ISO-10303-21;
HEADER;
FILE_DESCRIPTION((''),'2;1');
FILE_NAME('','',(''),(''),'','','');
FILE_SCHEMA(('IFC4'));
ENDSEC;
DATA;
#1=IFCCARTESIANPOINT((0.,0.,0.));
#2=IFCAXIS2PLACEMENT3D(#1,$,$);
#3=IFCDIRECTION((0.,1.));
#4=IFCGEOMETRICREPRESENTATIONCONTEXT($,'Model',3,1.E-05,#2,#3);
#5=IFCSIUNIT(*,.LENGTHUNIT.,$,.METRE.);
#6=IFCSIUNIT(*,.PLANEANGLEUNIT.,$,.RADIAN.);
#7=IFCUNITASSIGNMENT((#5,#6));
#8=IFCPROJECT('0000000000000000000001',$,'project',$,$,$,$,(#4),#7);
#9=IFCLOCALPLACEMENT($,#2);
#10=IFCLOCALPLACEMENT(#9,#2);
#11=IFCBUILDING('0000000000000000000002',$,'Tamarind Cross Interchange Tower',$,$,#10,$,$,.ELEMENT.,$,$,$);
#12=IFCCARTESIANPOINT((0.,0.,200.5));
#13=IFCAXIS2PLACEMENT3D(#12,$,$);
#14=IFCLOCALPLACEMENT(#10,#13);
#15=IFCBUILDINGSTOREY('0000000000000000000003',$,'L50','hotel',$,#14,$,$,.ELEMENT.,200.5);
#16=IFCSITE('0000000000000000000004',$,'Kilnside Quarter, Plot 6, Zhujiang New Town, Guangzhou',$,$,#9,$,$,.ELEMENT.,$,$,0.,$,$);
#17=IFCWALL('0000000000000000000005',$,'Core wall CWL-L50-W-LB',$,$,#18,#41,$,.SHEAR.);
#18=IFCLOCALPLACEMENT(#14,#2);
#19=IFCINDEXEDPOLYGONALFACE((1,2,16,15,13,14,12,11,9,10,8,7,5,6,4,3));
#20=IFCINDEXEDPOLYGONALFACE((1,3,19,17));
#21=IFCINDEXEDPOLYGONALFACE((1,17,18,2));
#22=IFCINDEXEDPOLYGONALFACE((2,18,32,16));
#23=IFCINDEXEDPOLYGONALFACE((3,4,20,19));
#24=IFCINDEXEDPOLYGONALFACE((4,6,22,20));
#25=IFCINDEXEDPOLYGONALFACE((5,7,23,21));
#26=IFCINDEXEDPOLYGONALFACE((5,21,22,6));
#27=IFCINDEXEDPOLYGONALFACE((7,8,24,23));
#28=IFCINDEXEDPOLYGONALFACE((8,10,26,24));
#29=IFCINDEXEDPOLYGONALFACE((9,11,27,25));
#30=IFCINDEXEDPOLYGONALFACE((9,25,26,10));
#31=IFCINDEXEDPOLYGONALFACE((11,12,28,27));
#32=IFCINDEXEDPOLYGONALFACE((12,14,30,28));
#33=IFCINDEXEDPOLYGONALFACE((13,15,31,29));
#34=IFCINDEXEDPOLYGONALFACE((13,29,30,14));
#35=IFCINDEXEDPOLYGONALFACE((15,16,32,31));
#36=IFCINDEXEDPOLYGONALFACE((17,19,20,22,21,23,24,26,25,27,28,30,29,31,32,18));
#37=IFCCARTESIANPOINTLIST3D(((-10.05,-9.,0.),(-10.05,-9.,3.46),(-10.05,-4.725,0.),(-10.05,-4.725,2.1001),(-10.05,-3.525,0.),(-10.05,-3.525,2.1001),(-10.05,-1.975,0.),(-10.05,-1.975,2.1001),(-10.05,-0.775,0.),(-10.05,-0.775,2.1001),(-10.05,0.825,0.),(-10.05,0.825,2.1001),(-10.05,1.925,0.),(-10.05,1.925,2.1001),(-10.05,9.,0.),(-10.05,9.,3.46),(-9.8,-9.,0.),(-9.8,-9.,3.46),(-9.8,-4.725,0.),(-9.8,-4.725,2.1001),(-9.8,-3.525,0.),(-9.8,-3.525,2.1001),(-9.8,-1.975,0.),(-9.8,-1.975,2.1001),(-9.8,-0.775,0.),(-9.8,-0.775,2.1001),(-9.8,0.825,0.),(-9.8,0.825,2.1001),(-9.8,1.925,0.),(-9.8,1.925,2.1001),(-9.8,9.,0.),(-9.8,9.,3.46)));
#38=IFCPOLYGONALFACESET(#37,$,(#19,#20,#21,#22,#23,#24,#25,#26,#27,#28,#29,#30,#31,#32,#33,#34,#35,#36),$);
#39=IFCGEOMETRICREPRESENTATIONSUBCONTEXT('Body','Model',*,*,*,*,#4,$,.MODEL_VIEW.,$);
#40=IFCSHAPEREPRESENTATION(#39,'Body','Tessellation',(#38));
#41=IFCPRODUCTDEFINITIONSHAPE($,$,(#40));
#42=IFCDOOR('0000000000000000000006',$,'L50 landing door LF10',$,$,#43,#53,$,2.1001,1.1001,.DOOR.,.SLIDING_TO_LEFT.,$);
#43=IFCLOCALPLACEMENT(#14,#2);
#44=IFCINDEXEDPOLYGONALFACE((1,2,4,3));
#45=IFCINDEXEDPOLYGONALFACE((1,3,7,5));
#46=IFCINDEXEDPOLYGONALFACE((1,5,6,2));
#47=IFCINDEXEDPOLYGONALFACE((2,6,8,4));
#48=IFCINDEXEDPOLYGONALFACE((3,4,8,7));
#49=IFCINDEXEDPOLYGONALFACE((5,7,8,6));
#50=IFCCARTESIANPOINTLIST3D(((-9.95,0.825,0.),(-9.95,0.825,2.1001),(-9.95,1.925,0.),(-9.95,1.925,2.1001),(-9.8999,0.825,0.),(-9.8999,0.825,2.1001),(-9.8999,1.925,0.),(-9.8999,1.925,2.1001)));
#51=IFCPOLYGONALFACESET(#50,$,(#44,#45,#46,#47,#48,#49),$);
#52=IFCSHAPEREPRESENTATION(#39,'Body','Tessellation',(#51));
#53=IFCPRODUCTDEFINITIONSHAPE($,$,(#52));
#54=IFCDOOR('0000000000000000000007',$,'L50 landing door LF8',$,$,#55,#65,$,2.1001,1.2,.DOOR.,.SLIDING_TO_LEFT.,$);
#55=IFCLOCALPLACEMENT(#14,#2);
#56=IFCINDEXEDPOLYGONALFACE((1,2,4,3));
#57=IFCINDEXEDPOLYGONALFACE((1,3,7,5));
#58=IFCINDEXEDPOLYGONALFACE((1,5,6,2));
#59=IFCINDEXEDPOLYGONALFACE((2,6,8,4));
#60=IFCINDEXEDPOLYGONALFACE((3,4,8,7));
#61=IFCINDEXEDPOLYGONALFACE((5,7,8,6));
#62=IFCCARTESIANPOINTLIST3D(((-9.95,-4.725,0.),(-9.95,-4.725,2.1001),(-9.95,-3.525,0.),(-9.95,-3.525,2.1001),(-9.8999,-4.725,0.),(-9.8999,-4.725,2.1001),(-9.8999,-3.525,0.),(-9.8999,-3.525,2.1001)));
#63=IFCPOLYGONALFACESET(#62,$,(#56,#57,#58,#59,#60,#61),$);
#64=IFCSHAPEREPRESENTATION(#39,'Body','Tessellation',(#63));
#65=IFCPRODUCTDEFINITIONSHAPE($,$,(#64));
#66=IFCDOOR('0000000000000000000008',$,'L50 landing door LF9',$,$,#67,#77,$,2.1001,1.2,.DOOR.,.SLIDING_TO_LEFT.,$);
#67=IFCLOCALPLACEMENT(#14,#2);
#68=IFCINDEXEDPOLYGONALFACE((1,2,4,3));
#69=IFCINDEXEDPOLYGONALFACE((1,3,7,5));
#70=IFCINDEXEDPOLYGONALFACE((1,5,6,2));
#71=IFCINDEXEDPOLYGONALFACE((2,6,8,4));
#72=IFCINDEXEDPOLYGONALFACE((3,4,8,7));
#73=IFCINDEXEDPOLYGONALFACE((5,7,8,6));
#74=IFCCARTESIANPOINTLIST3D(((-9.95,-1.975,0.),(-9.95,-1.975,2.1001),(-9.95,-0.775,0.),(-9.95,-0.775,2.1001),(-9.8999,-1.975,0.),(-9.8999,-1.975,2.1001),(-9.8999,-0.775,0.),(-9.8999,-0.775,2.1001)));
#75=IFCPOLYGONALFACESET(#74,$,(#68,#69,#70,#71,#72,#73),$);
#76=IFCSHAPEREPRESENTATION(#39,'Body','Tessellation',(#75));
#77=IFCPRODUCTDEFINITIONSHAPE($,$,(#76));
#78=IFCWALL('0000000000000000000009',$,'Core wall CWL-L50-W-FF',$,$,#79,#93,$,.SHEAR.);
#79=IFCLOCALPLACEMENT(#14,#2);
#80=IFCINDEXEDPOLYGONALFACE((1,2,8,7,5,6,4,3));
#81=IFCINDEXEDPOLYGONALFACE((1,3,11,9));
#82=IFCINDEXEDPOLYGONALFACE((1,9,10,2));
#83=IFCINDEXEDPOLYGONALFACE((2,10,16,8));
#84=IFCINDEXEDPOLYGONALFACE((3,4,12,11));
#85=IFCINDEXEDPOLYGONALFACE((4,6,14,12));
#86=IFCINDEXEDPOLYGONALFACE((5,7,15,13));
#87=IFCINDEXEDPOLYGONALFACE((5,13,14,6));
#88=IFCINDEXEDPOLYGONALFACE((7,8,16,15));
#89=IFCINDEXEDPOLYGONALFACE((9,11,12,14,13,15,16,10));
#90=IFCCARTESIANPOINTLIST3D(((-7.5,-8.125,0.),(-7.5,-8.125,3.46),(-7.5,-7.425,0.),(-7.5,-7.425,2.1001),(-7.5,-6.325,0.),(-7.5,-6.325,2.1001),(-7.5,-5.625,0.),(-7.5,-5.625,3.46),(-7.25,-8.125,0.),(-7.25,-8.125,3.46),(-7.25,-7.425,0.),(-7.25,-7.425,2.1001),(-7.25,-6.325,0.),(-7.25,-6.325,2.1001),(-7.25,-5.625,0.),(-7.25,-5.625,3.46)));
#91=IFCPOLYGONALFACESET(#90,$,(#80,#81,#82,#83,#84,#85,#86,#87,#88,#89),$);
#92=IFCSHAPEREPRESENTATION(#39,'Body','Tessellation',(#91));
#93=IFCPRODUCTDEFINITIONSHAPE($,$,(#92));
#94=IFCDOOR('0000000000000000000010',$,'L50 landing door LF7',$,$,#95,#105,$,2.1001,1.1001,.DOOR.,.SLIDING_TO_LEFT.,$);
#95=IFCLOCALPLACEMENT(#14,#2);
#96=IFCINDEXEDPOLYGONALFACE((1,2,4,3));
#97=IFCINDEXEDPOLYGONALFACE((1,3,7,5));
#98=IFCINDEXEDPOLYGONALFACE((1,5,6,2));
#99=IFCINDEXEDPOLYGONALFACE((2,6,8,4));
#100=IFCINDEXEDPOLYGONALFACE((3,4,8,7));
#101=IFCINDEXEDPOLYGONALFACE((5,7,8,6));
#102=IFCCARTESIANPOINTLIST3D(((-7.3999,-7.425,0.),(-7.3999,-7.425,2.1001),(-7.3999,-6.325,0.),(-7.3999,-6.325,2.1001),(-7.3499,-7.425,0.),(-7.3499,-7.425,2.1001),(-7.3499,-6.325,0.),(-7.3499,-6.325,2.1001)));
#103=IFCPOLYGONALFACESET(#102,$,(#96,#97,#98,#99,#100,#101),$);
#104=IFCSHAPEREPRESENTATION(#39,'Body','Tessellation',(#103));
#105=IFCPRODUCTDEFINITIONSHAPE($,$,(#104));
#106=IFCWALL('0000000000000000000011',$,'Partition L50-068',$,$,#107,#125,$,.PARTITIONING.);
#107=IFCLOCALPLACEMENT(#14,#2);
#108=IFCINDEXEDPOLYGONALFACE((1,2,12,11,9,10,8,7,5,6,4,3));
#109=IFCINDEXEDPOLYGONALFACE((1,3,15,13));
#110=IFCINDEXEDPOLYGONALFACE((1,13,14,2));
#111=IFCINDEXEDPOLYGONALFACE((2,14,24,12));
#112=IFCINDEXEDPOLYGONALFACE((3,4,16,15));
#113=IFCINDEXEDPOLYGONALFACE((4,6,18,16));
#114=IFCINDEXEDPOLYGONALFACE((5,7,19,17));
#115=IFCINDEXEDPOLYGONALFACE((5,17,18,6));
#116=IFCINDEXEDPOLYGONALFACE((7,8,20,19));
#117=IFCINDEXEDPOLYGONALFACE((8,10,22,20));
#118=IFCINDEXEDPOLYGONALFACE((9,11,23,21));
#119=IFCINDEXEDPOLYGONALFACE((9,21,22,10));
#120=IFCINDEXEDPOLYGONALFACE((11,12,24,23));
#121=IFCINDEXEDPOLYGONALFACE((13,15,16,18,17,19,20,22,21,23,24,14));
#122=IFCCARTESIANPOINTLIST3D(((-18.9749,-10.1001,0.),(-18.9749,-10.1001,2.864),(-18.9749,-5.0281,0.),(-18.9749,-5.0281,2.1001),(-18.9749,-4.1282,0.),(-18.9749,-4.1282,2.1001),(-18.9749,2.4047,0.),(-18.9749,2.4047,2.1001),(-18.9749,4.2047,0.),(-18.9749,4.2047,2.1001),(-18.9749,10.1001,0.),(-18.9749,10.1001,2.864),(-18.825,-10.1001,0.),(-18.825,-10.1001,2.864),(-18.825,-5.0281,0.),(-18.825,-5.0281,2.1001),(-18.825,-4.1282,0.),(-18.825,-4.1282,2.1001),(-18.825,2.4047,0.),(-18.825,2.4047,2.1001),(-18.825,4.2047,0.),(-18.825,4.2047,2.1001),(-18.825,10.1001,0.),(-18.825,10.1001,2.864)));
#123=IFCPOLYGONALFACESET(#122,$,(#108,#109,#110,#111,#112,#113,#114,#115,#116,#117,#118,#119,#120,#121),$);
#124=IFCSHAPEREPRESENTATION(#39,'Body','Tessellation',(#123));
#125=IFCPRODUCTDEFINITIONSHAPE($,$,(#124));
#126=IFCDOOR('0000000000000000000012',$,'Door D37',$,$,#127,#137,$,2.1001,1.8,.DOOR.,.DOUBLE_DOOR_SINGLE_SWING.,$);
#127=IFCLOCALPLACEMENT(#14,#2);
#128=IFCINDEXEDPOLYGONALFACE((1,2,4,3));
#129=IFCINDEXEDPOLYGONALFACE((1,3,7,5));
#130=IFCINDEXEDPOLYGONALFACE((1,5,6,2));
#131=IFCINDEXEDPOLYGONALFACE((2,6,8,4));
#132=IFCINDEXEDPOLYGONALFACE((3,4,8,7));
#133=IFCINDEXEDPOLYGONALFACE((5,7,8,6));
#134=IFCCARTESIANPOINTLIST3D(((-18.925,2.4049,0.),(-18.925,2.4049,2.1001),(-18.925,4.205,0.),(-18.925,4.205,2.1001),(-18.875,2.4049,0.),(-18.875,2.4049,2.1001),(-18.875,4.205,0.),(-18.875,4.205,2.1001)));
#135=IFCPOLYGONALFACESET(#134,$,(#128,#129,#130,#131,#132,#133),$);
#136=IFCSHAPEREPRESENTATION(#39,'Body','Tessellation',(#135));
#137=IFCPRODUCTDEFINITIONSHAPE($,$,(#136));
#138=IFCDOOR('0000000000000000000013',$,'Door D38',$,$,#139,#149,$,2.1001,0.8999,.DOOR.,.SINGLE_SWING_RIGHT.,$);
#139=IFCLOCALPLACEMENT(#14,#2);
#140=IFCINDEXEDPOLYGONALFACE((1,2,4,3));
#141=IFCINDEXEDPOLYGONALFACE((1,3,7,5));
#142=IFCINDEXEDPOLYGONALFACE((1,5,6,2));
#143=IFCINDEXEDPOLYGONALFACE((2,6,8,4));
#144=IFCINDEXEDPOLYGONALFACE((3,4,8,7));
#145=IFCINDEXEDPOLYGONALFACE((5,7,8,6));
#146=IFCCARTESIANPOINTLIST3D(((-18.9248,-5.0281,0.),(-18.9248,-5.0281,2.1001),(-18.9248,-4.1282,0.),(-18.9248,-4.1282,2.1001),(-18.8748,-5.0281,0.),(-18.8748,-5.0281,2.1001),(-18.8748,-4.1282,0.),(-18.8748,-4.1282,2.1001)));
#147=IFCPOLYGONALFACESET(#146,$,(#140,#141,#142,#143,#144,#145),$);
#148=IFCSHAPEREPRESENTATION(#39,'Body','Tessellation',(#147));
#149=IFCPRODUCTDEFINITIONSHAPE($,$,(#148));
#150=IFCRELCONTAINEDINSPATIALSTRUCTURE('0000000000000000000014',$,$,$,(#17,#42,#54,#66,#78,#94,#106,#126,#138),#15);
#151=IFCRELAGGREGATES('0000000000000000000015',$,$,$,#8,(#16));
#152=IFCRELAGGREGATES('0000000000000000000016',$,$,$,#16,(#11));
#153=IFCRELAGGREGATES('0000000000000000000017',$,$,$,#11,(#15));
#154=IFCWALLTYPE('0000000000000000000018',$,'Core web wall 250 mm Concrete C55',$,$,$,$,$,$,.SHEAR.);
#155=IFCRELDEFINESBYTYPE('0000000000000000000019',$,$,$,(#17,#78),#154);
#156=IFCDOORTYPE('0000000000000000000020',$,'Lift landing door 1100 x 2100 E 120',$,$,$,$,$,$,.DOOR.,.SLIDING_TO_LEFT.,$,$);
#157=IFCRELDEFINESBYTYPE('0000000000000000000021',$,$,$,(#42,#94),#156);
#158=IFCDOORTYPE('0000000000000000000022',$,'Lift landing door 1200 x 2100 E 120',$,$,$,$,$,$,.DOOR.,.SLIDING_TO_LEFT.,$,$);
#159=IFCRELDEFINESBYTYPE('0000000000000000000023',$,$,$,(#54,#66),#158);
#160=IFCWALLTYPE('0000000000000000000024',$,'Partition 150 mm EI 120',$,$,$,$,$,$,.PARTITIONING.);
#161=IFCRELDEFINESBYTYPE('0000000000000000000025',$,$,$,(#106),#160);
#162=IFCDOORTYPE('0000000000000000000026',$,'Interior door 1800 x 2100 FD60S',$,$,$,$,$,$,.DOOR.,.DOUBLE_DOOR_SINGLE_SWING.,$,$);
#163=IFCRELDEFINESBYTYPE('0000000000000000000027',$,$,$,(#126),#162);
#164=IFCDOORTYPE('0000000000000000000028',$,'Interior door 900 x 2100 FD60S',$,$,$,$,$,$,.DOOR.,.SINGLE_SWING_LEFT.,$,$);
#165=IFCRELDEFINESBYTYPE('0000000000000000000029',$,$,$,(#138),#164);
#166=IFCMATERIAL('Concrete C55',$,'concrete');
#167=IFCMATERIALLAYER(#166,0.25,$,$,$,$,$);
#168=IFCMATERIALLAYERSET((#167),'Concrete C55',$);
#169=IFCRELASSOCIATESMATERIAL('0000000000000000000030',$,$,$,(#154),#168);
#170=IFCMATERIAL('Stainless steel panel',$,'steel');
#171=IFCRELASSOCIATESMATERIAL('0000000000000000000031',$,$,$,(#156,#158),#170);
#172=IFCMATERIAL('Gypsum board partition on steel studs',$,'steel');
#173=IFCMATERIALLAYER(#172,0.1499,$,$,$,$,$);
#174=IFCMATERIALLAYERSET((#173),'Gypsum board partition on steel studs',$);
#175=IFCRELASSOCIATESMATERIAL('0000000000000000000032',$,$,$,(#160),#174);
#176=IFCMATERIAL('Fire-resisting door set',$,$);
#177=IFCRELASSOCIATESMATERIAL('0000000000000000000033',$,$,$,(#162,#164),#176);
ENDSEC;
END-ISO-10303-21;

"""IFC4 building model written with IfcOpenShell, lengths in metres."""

from ifc_helpers import new_model, si_unit, direction, frame, frame_2d, origin, place, context, subcontext, project, spatial, rectangle, extrude, material, layer, layer_set, type_object, element, fill, save


model = new_model("IFC4")

# Units and contexts
model_context = context("Model", 3, precision=1e-05, world=origin(), true_north=direction((0.0, 1.0)))
body_context = subcontext(model_context, "Body", "Model", "MODEL_VIEW")
ifc_project = project(units=[si_unit("LENGTHUNIT", "METRE"), si_unit("PLANEANGLEUNIT", "RADIAN")], contexts=[model_context])

# Site, building, storey
site_placement = place(None, origin())
site = spatial("IfcSite", under=ifc_project, at=site_placement, Name="Kilnside Quarter, Plot 6, Zhujiang New Town, Guangzhou", CompositionType="ELEMENT", RefElevation=0.0)
building_placement = place(site_placement, origin())
building = spatial("IfcBuilding", under=site, at=building_placement, Name="Tamarind Cross Interchange Tower", CompositionType="ELEMENT")
storey_placement = place(building_placement, frame((0.0, 0.0, 200.5)))
storey = spatial("IfcBuildingStorey", under=building, at=storey_placement, Name="L50", Description="hotel", CompositionType="ELEMENT", Elevation=200.5)

# Shared definitions
ifc_material_1 = material(Name="Concrete C55", Category="concrete")

# Shared definitions
ifc_layer_1 = layer(ifc_material_1, 0.25)
ifc_layer_set_1 = layer_set([ifc_layer_1], Name="Concrete C55")
wall_type_1 = type_object("IfcWallType", Name="Core web wall 250 mm Concrete C55", PredefinedType="SHEAR", material=ifc_layer_set_1)

# Wall, openings, doors
ifc_material_2 = material(Name="Stainless steel panel", Category="steel")
wall_1_placement = place(storey_placement, frame((-9.925, -9.0, 0.0), z_axis=(0.0, 0.0, 1.0), x_axis=(0.0, 1.0, 0.0)))
wall_1 = element("IfcWall", 1, at=wall_1_placement, inside=storey, type_object=wall_type_1, Name="Core wall CWL-L50-W-LB", PredefinedType="SHEAR", context=body_context, shape_type="SweptSolid", body=[
    extrude(rectangle(XDim=18.0, YDim=0.25, at=frame_2d((9.0, 0.0))), origin(), (0.0, 0.0, 1.0), 3.46),
])
opening_1_placement = place(wall_1_placement, frame((4.2749, 0.0, 0.0)))
opening_1 = element("IfcOpeningElement", 2, at=opening_1_placement, cuts=wall_1, PredefinedType="OPENING", context=body_context, shape_type="SweptSolid", body=[
    extrude(rectangle(XDim=1.2, YDim=2.1001, at=frame_2d((0.6001, 1.05))), frame((0.0, 0.135, 0.0), z_axis=(0.0, -1.0, 0.0), x_axis=(1.0, 0.0, 0.0)), (0.0, 0.0, 1.0), 0.27),
])
opening_2_placement = place(wall_1_placement, frame((7.0249, 0.0, 0.0)))
opening_2 = element("IfcOpeningElement", 3, at=opening_2_placement, cuts=wall_1, PredefinedType="OPENING", context=body_context, shape_type="SweptSolid", body=[
    extrude(rectangle(XDim=1.2, YDim=2.1001, at=frame_2d((0.6001, 1.05))), frame((0.0, 0.135, 0.0), z_axis=(0.0, -1.0, 0.0), x_axis=(1.0, 0.0, 0.0)), (0.0, 0.0, 1.0), 0.27),
])
opening_3_placement = place(wall_1_placement, frame((9.825, 0.0, 0.0)))
opening_3 = element("IfcOpeningElement", 4, at=opening_3_placement, cuts=wall_1, PredefinedType="OPENING", context=body_context, shape_type="SweptSolid", body=[
    extrude(rectangle(XDim=1.1001, YDim=2.1001, at=frame_2d((0.55, 1.05))), frame((0.0, 0.135, 0.0), z_axis=(0.0, -1.0, 0.0), x_axis=(1.0, 0.0, 0.0)), (0.0, 0.0, 1.0), 0.27),
])
door_type_1 = type_object("IfcDoorType", Name="Lift landing door 1100 x 2100 E 120", OperationType="SLIDING_TO_LEFT", PredefinedType="DOOR", material=ifc_material_2)
door_1_placement = place(opening_3_placement, origin())
door_1 = element("IfcDoor", 5, at=door_1_placement, inside=storey, type_object=door_type_1, Name="L50 landing door LF10", OperationType="SLIDING_TO_LEFT", OverallHeight=2.1001, OverallWidth=1.1001, PredefinedType="DOOR", context=body_context, shape_type="SweptSolid", body=[
    extrude(rectangle(XDim=1.1001, YDim=2.1001, at=frame_2d((0.55, 1.05))), frame((0.0, 0.0249, 0.0), z_axis=(0.0, -1.0, 0.0), x_axis=(1.0, 0.0, 0.0)), (0.0, 0.0, 1.0), 0.05),
])
fill(opening_3, door_1)
door_type_2 = type_object("IfcDoorType", Name="Lift landing door 1200 x 2100 E 120", OperationType="SLIDING_TO_LEFT", PredefinedType="DOOR", material=ifc_material_2)
door_2_placement = place(opening_1_placement, origin())
door_2 = element("IfcDoor", 6, at=door_2_placement, inside=storey, type_object=door_type_2, Name="L50 landing door LF8", OperationType="SLIDING_TO_LEFT", OverallHeight=2.1001, OverallWidth=1.2, PredefinedType="DOOR", context=body_context, shape_type="SweptSolid", body=[
    extrude(rectangle(XDim=1.2, YDim=2.1001, at=frame_2d((0.6001, 1.05))), frame((0.0, 0.0249, 0.0), z_axis=(0.0, -1.0, 0.0), x_axis=(1.0, 0.0, 0.0)), (0.0, 0.0, 1.0), 0.05),
])
fill(opening_1, door_2)
door_3_placement = place(opening_2_placement, origin())
door_3 = element("IfcDoor", 7, at=door_3_placement, inside=storey, type_object=door_type_2, Name="L50 landing door LF9", OperationType="SLIDING_TO_LEFT", OverallHeight=2.1001, OverallWidth=1.2, PredefinedType="DOOR", context=body_context, shape_type="SweptSolid", body=[
    extrude(rectangle(XDim=1.2, YDim=2.1001, at=frame_2d((0.6001, 1.05))), frame((0.0, 0.0249, 0.0), z_axis=(0.0, -1.0, 0.0), x_axis=(1.0, 0.0, 0.0)), (0.0, 0.0, 1.0), 0.05),
])
fill(opening_2, door_3)

# Wall, opening, door
wall_2_placement = place(storey_placement, frame((-7.375, -8.125, 0.0), z_axis=(0.0, 0.0, 1.0), x_axis=(0.0, 1.0, 0.0)))
wall_2 = element("IfcWall", 8, at=wall_2_placement, inside=storey, type_object=wall_type_1, Name="Core wall CWL-L50-W-FF", PredefinedType="SHEAR", context=body_context, shape_type="SweptSolid", body=[
    extrude(rectangle(XDim=2.5, YDim=0.25, at=frame_2d((1.25, 0.0))), origin(), (0.0, 0.0, 1.0), 3.46),
])
opening_4_placement = place(wall_2_placement, frame((0.7, 0.0, 0.0)))
opening_4 = element("IfcOpeningElement", 9, at=opening_4_placement, cuts=wall_2, PredefinedType="OPENING", context=body_context, shape_type="SweptSolid", body=[
    extrude(rectangle(XDim=1.1001, YDim=2.1001, at=frame_2d((0.55, 1.05))), frame((0.0, 0.135, 0.0), z_axis=(0.0, -1.0, 0.0), x_axis=(1.0, 0.0, 0.0)), (0.0, 0.0, 1.0), 0.27),
])
door_4_placement = place(opening_4_placement, origin())
door_4 = element("IfcDoor", 10, at=door_4_placement, inside=storey, type_object=door_type_1, Name="L50 landing door LF7", OperationType="SLIDING_TO_LEFT", OverallHeight=2.1001, OverallWidth=1.1001, PredefinedType="DOOR", context=body_context, shape_type="SweptSolid", body=[
    extrude(rectangle(XDim=1.1001, YDim=2.1001, at=frame_2d((0.55, 1.05))), frame((0.0, 0.0249, 0.0), z_axis=(0.0, -1.0, 0.0), x_axis=(1.0, 0.0, 0.0)), (0.0, 0.0, 1.0), 0.05),
])
fill(opening_4, door_4)

# Wall, openings, doors
ifc_material_3 = material(Name="Gypsum board partition on steel studs", Category="steel")
ifc_layer_2 = layer(ifc_material_3, 0.1499)
ifc_layer_set_2 = layer_set([ifc_layer_2], Name="Gypsum board partition on steel studs")
wall_type_2 = type_object("IfcWallType", Name="Partition 150 mm EI 120", PredefinedType="PARTITIONING", material=ifc_layer_set_2)
wall_3_placement = place(storey_placement, frame((-18.8999, -10.1001, 0.0), z_axis=(0.0, 0.0, 1.0), x_axis=(0.0, 1.0, 0.0)))
wall_3 = element("IfcWall", 11, at=wall_3_placement, inside=storey, type_object=wall_type_2, Name="Partition L50-068", PredefinedType="PARTITIONING", context=body_context, shape_type="SweptSolid", body=[
    extrude(rectangle(XDim=20.2002, YDim=0.1499, at=frame_2d((10.1001, 0.0))), origin(), (0.0, 0.0, 1.0), 2.864),
])
opening_5_placement = place(wall_3_placement, frame((12.5049, 0.0, 0.0)))
opening_5 = element("IfcOpeningElement", 12, at=opening_5_placement, cuts=wall_3, PredefinedType="OPENING", context=body_context, shape_type="SweptSolid", body=[
    extrude(rectangle(XDim=1.8, YDim=2.1001, at=frame_2d((0.8999, 1.05))), frame((0.0, 0.085, 0.0), z_axis=(0.0, -1.0, 0.0), x_axis=(1.0, 0.0, 0.0)), (0.0, 0.0, 1.0), 0.1699),
])
opening_6_placement = place(wall_3_placement, frame((5.072, 0.0, 0.0)))
opening_6 = element("IfcOpeningElement", 13, at=opening_6_placement, cuts=wall_3, PredefinedType="OPENING", context=body_context, shape_type="SweptSolid", body=[
    extrude(rectangle(XDim=0.8999, YDim=2.1001, at=frame_2d((0.45, 1.05))), frame((0.0, 0.085, 0.0), z_axis=(0.0, -1.0, 0.0), x_axis=(1.0, 0.0, 0.0)), (0.0, 0.0, 1.0), 0.1699),
])
ifc_material_4 = material(Name="Fire-resisting door set")
door_type_3 = type_object("IfcDoorType", Name="Interior door 1800 x 2100 FD60S", OperationType="DOUBLE_DOOR_SINGLE_SWING", PredefinedType="DOOR", material=ifc_material_4)
door_5_placement = place(opening_5_placement, frame((1.8, 0.0, 0.0), z_axis=(0.0, 0.0, 1.0), x_axis=(-1.0, 0.0, 0.0)))
door_5 = element("IfcDoor", 14, at=door_5_placement, inside=storey, type_object=door_type_3, Name="Door D37", OperationType="DOUBLE_DOOR_SINGLE_SWING", OverallHeight=2.1001, OverallWidth=1.8, PredefinedType="DOOR", context=body_context, shape_type="SweptSolid", body=[
    extrude(rectangle(XDim=1.8, YDim=2.1001, at=frame_2d((0.8999, 1.05))), frame((0.0, 0.0249, 0.0), z_axis=(0.0, -1.0, 0.0), x_axis=(1.0, 0.0, 0.0)), (0.0, 0.0, 1.0), 0.05),
])
fill(opening_5, door_5)
door_type_4 = type_object("IfcDoorType", Name="Interior door 900 x 2100 FD60S", OperationType="SINGLE_SWING_LEFT", PredefinedType="DOOR", material=ifc_material_4)
door_6_placement = place(opening_6_placement, origin())
door_6 = element("IfcDoor", 15, at=door_6_placement, inside=storey, type_object=door_type_4, Name="Door D38", OperationType="SINGLE_SWING_RIGHT", OverallHeight=2.1001, OverallWidth=0.8999, PredefinedType="DOOR", context=body_context, shape_type="SweptSolid", body=[
    extrude(rectangle(XDim=0.8999, YDim=2.1001, at=frame_2d((0.45, 1.05))), frame((0.0, 0.0249, 0.0), z_axis=(0.0, -1.0, 0.0), x_axis=(1.0, 0.0, 0.0)), (0.0, 0.0, 1.0), 0.05),
])
fill(opening_6, door_6)

save(model, "model.ifc")
